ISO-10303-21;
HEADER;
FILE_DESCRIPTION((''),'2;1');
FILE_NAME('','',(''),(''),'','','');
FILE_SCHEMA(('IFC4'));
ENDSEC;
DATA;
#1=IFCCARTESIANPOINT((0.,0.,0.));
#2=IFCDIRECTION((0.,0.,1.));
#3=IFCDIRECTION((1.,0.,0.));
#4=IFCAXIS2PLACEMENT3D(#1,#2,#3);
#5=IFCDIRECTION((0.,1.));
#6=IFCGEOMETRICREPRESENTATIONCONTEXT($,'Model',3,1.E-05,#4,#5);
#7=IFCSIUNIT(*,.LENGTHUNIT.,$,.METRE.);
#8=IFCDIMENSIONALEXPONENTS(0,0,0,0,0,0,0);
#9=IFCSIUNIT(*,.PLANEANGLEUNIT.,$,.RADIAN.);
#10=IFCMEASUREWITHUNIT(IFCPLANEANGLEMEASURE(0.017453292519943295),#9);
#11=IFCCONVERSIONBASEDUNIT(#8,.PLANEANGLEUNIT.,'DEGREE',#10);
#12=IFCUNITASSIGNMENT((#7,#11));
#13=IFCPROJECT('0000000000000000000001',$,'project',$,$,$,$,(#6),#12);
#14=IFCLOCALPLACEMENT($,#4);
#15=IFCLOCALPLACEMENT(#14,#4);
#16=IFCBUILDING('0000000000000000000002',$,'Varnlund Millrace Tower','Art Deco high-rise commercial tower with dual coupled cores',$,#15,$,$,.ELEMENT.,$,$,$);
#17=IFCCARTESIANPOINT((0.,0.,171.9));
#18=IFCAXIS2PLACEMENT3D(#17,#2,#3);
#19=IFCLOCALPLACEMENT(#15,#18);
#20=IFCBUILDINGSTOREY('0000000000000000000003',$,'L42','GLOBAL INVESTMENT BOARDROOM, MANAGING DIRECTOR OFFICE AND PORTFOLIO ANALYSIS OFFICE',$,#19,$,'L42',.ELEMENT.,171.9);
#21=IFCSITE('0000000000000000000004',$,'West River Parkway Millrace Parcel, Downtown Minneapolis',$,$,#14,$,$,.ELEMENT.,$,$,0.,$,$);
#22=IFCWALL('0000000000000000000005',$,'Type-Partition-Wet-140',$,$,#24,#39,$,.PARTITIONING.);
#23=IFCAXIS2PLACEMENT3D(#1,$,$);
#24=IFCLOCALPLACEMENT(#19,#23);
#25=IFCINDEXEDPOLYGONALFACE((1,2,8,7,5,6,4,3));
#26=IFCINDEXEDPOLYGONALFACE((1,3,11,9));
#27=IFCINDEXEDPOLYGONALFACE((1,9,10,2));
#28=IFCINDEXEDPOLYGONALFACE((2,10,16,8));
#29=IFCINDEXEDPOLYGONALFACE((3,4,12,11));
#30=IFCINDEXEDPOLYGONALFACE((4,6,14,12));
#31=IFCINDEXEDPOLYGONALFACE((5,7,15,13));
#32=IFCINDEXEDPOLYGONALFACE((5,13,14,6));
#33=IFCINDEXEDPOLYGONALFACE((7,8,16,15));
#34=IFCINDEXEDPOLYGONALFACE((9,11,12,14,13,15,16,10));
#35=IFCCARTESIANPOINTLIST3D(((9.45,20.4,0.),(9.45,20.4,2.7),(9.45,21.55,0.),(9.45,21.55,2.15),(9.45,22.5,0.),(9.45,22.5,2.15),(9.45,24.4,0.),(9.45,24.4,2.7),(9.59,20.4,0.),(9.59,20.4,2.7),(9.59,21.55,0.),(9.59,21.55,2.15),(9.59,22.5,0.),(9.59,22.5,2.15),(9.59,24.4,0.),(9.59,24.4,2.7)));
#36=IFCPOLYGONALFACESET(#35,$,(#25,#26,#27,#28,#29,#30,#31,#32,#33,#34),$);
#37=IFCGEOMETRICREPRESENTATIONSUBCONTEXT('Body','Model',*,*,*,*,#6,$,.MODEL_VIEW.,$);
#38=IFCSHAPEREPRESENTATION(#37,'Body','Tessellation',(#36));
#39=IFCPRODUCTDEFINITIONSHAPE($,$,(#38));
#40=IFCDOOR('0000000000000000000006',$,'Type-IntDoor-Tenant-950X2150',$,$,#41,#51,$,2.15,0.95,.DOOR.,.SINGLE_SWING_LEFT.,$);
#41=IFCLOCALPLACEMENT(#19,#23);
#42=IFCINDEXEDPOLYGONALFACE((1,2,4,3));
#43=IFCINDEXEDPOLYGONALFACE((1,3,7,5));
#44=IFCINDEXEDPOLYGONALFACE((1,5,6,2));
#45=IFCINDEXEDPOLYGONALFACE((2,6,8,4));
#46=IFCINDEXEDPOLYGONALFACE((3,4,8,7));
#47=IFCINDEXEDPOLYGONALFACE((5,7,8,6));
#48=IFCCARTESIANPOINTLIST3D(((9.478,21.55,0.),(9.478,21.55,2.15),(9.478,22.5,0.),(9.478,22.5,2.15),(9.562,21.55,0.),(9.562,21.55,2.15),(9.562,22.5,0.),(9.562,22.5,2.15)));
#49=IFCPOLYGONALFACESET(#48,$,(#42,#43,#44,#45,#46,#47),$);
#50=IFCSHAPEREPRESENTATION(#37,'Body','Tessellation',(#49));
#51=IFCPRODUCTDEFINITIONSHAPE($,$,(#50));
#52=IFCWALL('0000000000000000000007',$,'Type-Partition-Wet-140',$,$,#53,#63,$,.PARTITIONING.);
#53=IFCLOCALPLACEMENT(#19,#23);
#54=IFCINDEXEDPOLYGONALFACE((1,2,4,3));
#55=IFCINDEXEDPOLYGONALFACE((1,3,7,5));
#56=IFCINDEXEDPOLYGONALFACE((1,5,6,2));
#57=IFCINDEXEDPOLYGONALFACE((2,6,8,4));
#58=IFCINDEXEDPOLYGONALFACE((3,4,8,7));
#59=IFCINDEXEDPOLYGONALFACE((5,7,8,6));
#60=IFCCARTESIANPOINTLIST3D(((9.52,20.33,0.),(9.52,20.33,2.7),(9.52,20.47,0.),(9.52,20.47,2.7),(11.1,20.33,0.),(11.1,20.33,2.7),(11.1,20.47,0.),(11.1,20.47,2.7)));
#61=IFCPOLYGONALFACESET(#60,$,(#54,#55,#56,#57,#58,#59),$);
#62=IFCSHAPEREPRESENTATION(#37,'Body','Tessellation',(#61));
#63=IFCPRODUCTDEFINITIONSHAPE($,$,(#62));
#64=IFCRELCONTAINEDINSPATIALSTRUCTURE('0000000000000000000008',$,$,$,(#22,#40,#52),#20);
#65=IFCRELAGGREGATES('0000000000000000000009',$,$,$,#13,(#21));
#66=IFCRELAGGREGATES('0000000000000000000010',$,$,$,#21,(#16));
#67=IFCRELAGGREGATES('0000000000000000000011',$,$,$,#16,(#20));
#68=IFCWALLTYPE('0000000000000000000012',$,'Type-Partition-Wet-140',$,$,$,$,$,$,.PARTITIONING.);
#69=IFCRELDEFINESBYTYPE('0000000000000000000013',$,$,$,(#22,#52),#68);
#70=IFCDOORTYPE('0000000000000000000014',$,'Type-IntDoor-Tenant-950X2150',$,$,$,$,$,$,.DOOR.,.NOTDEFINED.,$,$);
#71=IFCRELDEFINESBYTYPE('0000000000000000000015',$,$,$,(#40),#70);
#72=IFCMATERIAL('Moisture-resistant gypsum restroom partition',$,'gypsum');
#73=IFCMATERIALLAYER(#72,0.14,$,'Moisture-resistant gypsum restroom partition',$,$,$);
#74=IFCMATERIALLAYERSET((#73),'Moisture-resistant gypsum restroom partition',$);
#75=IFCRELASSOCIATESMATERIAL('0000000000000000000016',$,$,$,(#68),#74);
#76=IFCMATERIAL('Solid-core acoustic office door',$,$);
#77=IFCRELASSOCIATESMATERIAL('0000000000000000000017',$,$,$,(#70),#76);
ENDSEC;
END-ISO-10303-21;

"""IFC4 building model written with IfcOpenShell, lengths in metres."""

from ifc_helpers import new_model, entity, si_unit, converted_unit, direction, frame, origin_with_axes, origin_2d_with_axis, place, context, subcontext, project, spatial, polyline, rectangle, outline, extrude, material, layer, layer_set, type_object, element, fill, save


model = new_model("IFC4")

# Units and contexts
model_context = context("Model", 3, precision=1e-05, world=origin_with_axes(), true_north=direction((0.0, 1.0)))
body_context = subcontext(model_context, "Body", "Model", "MODEL_VIEW")
ifc_project = project(units=[si_unit("LENGTHUNIT", "METRE"), converted_unit("PLANEANGLEUNIT", "DEGREE", entity("IfcPlaneAngleMeasure", 0.017453292519943295), si_unit("PLANEANGLEUNIT", "RADIAN"), dimensions=[0, 0, 0, 0, 0, 0, 0])], contexts=[model_context])

# Site, building, storey
site_placement = place(None, origin_with_axes())
site = spatial("IfcSite", under=ifc_project, at=site_placement, Name="West River Parkway Millrace Parcel, Downtown Minneapolis", CompositionType="ELEMENT", RefElevation=0.0)
building_placement = place(site_placement, origin_with_axes())
building = spatial("IfcBuilding", under=site, at=building_placement, Name="Varnlund Millrace Tower", Description="Art Deco high-rise commercial tower with dual coupled cores", CompositionType="ELEMENT")
storey_placement = place(building_placement, frame((0.0, 0.0, 171.9), z_axis=(0.0, 0.0, 1.0), x_axis=(1.0, 0.0, 0.0)))
storey = spatial("IfcBuildingStorey", under=building, at=storey_placement, Name="L42", Description="GLOBAL INVESTMENT BOARDROOM, MANAGING DIRECTOR OFFICE AND PORTFOLIO ANALYSIS OFFICE", LongName="L42", CompositionType="ELEMENT", Elevation=171.9)

# Wall, opening, door
ifc_material_1 = material(Name="Moisture-resistant gypsum restroom partition", Category="gypsum")
ifc_layer_1 = layer(ifc_material_1, 0.14, Name="Moisture-resistant gypsum restroom partition")
ifc_layer_set_1 = layer_set([ifc_layer_1], Name="Moisture-resistant gypsum restroom partition")
wall_type_1 = type_object("IfcWallType", Name="Type-Partition-Wet-140", PredefinedType="PARTITIONING", material=ifc_layer_set_1)
wall_1_placement = place(storey_placement, frame((9.52, 20.4, 0.0), z_axis=(0.0, 0.0, 1.0), x_axis=(0.0, 1.0, 0.0)))
wall_1 = element("IfcWall", 1, at=wall_1_placement, inside=storey, type_object=wall_type_1, Name="Type-Partition-Wet-140", PredefinedType="PARTITIONING", context=body_context, shape_type="SweptSolid", body=[
    extrude(outline(polyline([(0.0, -0.07), (4.0, -0.07), (4.0, 0.07), (0.0, 0.07), (0.0, -0.07)])), origin_with_axes(), (0.0, 0.0, 1.0), 2.7),
])
opening_1_placement = place(wall_1_placement, frame((1.625, 0.0, 0.0), z_axis=(0.0, 0.0, 1.0), x_axis=(1.0, 0.0, 0.0)))
opening_1 = element("IfcOpeningElement", 2, at=opening_1_placement, cuts=wall_1, PredefinedType="OPENING", context=body_context, shape_type="SweptSolid", body=[
    extrude(rectangle(XDim=0.95, YDim=0.16, at=origin_2d_with_axis()), origin_with_axes(), (0.0, 0.0, 1.0), 2.15),
])
ifc_material_2 = material(Name="Solid-core acoustic office door")
door_type_1 = type_object("IfcDoorType", Name="Type-IntDoor-Tenant-950X2150", OperationType="NOTDEFINED", PredefinedType="DOOR", material=ifc_material_2)
door_1_placement = place(wall_1_placement, frame((1.625, 0.0, 0.0), z_axis=(0.0, 0.0, 1.0), x_axis=(1.0, 0.0, 0.0)))
door_1 = element("IfcDoor", 3, at=door_1_placement, inside=storey, type_object=door_type_1, Name="Type-IntDoor-Tenant-950X2150", OperationType="SINGLE_SWING_LEFT", OverallHeight=2.15, OverallWidth=0.95, PredefinedType="DOOR", context=body_context, shape_type="SweptSolid", body=[
    extrude(rectangle(XDim=0.95, YDim=0.084, at=origin_2d_with_axis()), origin_with_axes(), (0.0, 0.0, 1.0), 2.15),
])
fill(opening_1, door_1)

# Wall
wall_2_placement = place(storey_placement, frame((9.52, 20.4, 0.0), z_axis=(0.0, 0.0, 1.0), x_axis=(1.0, 0.0, 0.0)))
element("IfcWall", 4, at=wall_2_placement, inside=storey, type_object=wall_type_1, Name="Type-Partition-Wet-140", PredefinedType="PARTITIONING", context=body_context, shape_type="SweptSolid", body=[
    extrude(outline(polyline([(0.0, -0.07), (1.58, -0.07), (1.58, 0.07), (0.0, 0.07), (0.0, -0.07)])), origin_with_axes(), (0.0, 0.0, 1.0), 2.7),
])

save(model, "model.ifc")
